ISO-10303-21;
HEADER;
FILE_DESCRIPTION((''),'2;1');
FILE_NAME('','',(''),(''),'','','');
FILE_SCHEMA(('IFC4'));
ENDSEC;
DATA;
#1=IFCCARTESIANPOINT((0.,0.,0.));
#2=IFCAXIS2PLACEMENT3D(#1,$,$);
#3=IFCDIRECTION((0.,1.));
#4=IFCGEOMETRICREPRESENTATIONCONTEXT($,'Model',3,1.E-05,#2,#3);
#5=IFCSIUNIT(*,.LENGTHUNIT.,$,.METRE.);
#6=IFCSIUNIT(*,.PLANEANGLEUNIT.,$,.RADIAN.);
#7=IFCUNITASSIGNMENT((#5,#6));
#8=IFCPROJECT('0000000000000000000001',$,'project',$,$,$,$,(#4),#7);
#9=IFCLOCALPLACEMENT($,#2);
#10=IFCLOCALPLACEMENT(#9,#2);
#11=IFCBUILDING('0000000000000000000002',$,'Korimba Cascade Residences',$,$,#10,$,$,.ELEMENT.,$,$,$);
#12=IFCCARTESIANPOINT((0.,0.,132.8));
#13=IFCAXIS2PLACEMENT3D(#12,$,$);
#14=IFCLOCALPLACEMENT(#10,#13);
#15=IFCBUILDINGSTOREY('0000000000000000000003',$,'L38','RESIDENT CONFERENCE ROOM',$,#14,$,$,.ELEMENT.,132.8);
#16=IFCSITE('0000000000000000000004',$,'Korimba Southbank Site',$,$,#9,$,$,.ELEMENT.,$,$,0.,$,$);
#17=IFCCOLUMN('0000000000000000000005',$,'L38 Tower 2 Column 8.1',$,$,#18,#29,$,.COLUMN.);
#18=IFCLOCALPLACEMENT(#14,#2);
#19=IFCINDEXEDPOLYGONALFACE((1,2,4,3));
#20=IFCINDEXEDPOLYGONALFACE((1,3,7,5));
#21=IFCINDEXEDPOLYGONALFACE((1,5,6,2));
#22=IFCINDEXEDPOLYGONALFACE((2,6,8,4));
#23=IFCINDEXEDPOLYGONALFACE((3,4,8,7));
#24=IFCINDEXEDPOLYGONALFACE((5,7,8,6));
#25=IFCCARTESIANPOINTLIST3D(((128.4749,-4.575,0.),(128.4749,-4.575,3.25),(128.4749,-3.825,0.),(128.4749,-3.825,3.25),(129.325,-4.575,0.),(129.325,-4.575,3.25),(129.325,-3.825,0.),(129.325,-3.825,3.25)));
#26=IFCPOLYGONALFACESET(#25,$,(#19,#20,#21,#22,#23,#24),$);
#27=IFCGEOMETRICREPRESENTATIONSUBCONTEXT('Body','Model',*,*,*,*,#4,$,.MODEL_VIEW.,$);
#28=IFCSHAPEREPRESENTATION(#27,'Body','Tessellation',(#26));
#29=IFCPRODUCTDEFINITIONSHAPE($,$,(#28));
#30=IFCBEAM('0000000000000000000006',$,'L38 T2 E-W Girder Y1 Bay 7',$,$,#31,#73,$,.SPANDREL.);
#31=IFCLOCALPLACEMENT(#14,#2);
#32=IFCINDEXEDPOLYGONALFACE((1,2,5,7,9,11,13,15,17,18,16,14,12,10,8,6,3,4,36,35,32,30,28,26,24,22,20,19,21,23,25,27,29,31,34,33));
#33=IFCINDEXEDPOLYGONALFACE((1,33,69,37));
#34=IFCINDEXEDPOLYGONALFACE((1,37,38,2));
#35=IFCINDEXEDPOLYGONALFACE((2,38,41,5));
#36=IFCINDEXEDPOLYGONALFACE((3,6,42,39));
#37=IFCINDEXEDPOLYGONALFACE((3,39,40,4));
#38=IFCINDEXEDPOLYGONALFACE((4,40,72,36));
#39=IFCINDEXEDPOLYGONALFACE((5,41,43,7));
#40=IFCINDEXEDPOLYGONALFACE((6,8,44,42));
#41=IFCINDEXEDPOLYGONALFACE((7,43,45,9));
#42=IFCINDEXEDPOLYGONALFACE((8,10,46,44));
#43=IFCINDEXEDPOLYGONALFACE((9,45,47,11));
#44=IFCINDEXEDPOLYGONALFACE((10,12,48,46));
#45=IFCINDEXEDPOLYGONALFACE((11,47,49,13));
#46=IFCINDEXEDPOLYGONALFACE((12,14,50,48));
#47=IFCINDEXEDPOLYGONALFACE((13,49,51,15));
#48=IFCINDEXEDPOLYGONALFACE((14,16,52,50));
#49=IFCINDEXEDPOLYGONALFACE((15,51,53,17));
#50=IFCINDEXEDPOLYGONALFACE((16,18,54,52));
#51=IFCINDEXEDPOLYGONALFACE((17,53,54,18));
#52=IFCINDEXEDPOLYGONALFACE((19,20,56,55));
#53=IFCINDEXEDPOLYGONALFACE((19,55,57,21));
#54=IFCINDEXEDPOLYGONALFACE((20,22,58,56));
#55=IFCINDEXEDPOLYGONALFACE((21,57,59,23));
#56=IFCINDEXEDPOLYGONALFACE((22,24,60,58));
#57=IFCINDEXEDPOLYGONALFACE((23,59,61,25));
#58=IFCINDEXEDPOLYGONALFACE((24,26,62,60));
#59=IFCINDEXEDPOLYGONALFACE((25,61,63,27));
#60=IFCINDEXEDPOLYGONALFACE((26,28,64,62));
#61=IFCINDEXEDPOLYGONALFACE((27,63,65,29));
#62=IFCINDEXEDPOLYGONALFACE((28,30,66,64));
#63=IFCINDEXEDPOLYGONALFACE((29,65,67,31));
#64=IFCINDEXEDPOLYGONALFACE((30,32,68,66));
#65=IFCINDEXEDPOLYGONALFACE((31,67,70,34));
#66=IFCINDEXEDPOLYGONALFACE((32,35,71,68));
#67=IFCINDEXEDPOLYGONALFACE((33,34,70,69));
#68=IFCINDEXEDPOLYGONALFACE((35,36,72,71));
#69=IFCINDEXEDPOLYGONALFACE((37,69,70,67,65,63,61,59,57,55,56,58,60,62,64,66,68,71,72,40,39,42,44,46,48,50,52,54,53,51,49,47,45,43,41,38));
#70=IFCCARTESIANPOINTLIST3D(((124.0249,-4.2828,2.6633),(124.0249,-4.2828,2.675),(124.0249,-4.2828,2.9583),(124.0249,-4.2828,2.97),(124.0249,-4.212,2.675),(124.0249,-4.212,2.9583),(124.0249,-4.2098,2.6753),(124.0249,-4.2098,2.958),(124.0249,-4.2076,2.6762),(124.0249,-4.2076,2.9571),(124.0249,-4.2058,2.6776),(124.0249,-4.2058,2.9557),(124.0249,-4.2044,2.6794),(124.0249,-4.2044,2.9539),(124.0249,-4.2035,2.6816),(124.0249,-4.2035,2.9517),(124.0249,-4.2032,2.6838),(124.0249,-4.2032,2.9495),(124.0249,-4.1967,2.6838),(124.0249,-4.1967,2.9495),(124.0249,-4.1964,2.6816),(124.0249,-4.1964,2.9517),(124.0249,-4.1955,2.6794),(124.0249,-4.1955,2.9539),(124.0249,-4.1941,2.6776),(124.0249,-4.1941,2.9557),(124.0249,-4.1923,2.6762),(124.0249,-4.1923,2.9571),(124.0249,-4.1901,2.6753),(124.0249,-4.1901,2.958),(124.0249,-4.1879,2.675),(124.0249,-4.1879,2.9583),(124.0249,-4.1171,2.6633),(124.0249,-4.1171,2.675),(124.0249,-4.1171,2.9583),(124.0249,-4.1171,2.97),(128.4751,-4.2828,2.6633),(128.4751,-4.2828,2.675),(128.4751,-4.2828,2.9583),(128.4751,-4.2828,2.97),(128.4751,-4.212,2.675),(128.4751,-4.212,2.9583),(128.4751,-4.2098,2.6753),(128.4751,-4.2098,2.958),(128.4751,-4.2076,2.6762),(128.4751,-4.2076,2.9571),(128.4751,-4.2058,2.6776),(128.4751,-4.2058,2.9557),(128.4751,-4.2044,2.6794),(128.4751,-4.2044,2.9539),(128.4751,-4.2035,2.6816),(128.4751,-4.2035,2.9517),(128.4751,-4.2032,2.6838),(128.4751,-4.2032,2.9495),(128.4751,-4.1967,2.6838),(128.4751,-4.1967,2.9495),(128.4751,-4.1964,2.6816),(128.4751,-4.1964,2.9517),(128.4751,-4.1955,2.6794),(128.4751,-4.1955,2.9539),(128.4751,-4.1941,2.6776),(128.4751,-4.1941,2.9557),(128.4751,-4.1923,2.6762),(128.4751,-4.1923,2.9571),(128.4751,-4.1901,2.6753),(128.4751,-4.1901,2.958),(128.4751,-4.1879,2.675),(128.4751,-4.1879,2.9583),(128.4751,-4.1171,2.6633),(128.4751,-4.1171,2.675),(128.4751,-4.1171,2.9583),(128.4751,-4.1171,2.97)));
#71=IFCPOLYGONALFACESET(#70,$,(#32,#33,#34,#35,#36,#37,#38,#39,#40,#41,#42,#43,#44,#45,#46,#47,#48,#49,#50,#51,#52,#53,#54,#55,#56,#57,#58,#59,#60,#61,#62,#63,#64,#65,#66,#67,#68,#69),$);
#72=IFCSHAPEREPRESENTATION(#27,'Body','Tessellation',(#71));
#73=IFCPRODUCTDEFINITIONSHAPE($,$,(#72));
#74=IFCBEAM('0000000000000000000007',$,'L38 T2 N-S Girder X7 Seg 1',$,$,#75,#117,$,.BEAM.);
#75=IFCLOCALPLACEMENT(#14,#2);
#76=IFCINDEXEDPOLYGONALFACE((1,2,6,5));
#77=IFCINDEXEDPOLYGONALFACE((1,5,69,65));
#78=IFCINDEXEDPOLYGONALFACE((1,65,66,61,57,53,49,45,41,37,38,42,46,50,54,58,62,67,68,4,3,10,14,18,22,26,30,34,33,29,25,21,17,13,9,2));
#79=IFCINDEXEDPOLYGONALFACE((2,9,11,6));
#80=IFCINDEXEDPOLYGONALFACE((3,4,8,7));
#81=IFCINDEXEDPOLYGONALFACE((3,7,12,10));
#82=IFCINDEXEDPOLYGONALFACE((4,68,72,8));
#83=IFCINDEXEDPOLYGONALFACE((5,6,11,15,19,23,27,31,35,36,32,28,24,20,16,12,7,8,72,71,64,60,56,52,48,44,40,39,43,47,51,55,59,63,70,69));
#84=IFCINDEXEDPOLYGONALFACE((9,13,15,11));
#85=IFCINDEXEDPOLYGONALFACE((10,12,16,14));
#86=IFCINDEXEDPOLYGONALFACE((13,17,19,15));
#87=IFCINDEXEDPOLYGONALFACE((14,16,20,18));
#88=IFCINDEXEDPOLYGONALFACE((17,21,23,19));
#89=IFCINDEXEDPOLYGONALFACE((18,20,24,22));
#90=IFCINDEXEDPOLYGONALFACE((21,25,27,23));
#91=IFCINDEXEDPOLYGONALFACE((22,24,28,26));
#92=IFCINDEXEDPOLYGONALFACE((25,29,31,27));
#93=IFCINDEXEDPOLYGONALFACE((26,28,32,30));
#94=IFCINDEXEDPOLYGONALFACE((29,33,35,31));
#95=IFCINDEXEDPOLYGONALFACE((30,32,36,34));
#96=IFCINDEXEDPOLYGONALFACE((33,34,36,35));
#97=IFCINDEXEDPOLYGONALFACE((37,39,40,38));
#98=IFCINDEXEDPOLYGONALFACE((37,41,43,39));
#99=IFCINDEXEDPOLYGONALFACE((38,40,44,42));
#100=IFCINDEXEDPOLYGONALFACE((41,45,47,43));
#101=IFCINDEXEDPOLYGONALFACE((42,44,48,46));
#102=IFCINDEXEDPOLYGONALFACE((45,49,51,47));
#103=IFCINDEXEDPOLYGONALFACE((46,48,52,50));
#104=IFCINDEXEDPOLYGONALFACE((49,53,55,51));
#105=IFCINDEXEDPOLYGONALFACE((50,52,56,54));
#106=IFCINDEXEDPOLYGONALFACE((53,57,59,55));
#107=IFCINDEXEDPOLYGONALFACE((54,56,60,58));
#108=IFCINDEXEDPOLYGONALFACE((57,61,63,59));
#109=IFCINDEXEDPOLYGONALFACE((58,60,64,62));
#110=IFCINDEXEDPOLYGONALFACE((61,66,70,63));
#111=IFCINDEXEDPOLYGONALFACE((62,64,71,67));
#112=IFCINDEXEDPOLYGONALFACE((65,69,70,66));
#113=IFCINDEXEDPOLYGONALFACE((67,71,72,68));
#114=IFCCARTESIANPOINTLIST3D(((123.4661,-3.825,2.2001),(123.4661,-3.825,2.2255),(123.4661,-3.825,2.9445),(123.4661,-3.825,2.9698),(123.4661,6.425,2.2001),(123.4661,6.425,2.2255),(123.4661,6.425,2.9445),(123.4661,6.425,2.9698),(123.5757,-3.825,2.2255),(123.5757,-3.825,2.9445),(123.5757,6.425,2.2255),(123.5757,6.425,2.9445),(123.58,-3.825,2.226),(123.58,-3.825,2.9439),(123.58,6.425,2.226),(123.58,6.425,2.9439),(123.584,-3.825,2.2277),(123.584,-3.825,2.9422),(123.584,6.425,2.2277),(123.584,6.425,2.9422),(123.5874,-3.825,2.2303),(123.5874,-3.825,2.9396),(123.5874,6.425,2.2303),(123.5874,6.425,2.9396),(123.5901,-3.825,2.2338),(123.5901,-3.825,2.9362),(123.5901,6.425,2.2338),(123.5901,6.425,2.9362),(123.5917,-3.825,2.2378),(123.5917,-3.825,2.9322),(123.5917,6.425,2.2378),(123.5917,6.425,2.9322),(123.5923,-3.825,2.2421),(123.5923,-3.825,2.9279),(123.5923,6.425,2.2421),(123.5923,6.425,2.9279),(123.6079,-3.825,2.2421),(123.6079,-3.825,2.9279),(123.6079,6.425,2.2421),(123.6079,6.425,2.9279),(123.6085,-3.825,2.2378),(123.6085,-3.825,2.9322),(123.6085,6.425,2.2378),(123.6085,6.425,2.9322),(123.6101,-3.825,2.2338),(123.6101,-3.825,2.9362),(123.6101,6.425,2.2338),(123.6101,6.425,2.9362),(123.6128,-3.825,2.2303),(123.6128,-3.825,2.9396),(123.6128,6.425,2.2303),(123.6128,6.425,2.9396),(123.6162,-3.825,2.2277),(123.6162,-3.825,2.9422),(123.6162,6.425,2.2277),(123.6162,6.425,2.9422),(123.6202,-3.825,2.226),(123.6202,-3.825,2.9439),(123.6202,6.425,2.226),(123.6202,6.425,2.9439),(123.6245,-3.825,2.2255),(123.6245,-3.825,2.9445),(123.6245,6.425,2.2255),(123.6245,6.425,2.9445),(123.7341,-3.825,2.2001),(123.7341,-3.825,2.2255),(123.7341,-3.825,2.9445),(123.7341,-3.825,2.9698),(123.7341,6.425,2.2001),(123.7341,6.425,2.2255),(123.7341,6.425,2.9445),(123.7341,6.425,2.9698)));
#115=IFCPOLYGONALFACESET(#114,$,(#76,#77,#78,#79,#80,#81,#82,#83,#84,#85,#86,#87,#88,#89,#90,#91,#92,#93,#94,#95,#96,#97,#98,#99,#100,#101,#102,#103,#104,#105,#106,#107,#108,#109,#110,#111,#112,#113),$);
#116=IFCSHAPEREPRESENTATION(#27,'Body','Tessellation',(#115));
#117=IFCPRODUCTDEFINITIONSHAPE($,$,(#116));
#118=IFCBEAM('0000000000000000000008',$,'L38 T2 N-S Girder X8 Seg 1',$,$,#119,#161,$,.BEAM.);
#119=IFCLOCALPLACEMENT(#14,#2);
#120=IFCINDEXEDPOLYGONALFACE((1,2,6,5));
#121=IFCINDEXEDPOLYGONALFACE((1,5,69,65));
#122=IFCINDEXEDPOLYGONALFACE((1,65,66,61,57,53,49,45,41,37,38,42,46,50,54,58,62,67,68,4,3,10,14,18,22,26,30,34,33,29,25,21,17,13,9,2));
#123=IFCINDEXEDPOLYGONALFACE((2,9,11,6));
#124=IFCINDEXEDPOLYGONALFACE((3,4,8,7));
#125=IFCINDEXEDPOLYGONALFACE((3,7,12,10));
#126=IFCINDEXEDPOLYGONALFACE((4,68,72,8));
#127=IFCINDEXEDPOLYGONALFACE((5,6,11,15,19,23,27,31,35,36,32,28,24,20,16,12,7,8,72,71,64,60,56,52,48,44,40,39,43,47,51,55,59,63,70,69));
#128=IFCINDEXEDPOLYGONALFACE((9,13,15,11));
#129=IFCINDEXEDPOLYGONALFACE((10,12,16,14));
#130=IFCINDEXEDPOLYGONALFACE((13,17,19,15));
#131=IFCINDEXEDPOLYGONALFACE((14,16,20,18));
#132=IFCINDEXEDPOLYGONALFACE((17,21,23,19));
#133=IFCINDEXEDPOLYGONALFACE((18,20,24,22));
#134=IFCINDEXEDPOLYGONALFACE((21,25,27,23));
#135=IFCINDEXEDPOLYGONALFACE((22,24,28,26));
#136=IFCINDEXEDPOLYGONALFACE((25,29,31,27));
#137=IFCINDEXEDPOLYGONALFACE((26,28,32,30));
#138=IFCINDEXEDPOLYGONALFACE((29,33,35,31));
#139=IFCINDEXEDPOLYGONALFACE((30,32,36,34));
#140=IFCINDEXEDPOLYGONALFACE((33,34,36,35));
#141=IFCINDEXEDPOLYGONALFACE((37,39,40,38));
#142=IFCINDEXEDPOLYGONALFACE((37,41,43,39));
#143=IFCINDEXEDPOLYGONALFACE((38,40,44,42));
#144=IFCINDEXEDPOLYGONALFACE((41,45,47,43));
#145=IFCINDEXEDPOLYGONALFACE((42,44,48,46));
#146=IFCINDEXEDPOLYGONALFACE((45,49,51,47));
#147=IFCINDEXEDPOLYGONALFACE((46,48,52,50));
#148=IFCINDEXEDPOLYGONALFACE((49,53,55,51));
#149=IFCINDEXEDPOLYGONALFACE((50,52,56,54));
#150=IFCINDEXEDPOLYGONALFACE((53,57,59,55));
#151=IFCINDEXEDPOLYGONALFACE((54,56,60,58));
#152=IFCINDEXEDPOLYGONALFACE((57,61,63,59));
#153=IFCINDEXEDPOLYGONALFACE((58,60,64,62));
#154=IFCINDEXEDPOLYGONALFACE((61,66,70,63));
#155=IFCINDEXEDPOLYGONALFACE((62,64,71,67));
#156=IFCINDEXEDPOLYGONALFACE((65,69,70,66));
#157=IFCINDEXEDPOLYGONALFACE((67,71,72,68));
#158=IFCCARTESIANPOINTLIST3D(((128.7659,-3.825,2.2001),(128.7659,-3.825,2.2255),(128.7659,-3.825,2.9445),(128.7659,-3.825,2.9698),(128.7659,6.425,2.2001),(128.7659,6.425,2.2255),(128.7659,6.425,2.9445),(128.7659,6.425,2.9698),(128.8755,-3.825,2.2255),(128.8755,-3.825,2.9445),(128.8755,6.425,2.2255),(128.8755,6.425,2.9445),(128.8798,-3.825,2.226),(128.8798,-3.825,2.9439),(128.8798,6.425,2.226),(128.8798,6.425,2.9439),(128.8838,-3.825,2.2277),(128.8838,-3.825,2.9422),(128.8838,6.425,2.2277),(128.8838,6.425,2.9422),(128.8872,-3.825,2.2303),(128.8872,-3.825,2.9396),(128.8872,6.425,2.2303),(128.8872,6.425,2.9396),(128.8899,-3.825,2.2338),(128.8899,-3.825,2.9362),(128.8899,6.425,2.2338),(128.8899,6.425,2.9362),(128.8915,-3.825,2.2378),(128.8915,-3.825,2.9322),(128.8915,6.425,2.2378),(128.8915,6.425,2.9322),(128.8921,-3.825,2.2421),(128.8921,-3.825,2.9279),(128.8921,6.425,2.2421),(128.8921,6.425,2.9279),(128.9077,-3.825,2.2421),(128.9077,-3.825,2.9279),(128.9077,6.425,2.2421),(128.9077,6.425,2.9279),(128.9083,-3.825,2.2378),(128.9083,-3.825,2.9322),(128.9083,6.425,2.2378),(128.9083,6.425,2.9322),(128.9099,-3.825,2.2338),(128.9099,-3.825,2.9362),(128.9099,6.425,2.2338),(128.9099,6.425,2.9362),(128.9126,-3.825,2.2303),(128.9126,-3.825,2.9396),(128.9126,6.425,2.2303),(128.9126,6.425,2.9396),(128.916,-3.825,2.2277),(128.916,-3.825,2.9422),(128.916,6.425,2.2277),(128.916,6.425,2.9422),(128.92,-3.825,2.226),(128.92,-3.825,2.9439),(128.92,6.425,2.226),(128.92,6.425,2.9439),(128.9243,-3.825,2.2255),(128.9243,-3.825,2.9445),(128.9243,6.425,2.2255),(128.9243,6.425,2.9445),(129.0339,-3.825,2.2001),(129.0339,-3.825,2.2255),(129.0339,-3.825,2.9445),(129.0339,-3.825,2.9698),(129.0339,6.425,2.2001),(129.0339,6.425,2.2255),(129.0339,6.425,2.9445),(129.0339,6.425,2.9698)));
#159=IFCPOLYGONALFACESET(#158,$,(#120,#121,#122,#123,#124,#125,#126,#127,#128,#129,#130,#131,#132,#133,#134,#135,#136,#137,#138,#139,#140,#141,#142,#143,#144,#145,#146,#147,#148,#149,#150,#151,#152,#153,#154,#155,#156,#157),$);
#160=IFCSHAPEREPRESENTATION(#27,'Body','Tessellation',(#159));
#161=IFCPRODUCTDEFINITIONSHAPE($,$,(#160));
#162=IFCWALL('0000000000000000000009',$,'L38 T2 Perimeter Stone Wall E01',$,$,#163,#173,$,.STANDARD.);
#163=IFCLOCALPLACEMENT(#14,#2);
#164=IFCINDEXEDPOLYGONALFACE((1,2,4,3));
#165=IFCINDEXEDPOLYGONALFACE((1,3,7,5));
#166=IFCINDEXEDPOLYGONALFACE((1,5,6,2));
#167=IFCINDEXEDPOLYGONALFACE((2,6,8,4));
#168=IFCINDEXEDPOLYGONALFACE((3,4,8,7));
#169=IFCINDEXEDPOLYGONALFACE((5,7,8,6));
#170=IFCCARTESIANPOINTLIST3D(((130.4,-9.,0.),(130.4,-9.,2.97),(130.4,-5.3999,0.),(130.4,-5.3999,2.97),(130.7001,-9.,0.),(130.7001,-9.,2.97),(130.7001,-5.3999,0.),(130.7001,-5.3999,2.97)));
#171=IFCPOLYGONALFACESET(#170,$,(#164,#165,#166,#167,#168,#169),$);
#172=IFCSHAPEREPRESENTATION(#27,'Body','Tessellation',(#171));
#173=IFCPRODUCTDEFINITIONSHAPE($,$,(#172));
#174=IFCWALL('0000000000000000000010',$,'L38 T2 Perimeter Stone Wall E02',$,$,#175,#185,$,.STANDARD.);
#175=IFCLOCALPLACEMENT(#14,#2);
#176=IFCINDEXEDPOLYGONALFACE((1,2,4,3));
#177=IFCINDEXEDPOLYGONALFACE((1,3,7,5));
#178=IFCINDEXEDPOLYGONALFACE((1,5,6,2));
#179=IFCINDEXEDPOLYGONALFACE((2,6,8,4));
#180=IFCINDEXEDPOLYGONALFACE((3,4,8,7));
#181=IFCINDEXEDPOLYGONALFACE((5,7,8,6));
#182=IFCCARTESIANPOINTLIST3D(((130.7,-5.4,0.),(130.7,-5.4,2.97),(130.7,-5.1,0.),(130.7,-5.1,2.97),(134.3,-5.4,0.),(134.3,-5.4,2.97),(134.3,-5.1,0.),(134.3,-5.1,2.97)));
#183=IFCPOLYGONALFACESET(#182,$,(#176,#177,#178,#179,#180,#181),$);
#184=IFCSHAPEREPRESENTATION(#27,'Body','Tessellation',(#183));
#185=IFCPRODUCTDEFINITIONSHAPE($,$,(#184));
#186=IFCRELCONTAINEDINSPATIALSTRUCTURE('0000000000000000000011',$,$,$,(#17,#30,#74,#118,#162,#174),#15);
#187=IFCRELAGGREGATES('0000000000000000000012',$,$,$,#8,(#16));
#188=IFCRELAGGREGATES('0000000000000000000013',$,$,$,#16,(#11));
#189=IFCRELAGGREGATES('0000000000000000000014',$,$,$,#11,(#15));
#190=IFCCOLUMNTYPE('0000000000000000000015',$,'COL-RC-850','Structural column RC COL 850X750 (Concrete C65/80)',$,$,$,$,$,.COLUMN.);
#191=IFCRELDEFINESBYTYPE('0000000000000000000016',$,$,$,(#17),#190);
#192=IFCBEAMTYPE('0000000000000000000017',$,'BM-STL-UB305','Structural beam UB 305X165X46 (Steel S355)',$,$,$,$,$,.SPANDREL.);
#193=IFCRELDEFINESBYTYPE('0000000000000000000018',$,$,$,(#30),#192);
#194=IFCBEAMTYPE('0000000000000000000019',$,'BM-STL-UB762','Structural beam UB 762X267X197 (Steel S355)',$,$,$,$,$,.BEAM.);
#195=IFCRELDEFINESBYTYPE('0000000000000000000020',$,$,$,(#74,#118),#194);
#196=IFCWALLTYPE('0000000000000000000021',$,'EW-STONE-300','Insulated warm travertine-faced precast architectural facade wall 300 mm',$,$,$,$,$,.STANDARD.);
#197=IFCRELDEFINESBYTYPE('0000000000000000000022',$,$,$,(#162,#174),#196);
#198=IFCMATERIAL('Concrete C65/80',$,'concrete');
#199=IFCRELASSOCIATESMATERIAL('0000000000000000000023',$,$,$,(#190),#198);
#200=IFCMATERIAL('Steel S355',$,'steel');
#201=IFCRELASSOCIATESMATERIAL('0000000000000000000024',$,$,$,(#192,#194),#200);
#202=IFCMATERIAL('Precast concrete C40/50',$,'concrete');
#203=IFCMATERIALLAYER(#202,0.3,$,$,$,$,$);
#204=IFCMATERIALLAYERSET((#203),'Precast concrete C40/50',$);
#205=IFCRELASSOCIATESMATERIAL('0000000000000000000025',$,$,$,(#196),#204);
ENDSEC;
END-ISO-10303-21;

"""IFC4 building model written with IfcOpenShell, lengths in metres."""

from ifc_helpers import new_model, si_unit, direction, frame, frame_2d, origin, origin_2d, place, context, subcontext, project, spatial, rectangle, i_section, extrude, material, layer, layer_set, material_profile, profile_set, type_object, element, save


model = new_model("IFC4")

# Units and contexts
model_context = context("Model", 3, precision=1e-05, world=origin(), true_north=direction((0.0, 1.0)))
body_context = subcontext(model_context, "Body", "Model", "MODEL_VIEW")
ifc_project = project(units=[si_unit("LENGTHUNIT", "METRE"), si_unit("PLANEANGLEUNIT", "RADIAN")], contexts=[model_context])

# Site, building, storey
site_placement = place(None, origin())
site = spatial("IfcSite", under=ifc_project, at=site_placement, Name="Korimba Southbank Site", CompositionType="ELEMENT", RefElevation=0.0)
building_placement = place(site_placement, origin())
building = spatial("IfcBuilding", under=site, at=building_placement, Name="Korimba Cascade Residences", CompositionType="ELEMENT")
storey_placement = place(building_placement, frame((0.0, 0.0, 132.8)))
storey = spatial("IfcBuildingStorey", under=building, at=storey_placement, Name="L38", Description="RESIDENT CONFERENCE ROOM", CompositionType="ELEMENT", Elevation=132.8)

# Column
ifc_material_1 = material(Name="Concrete C65/80", Category="concrete")
ifc_material_profile_1 = material_profile(ifc_material_1, rectangle(XDim=0.8501, YDim=0.75, at=origin_2d()), Name="Concrete C65/80")
ifc_profile_set_1 = profile_set([ifc_material_profile_1], Name="Concrete C65/80")
column_type = type_object("IfcColumnType", Name="COL-RC-850", Description="Structural column RC COL 850X750 (Concrete C65/80)", PredefinedType="COLUMN", material=ifc_profile_set_1)
column_placement = place(storey_placement, frame((128.8999, -4.2, 0.0), z_axis=(0.0, 0.0, 1.0), x_axis=(1.0, 0.0, 0.0)))
element("IfcColumn", 1, at=column_placement, inside=storey, type_object=column_type, Name="L38 Tower 2 Column 8.1", PredefinedType="COLUMN", context=body_context, shape_type="SweptSolid", body=[
    extrude(rectangle(XDim=0.8501, YDim=0.75, at=origin_2d()), origin(), (0.0, 0.0, 1.0), 3.25),
])

# Beams
ifc_material_2 = material(Name="Steel S355", Category="steel")
ifc_material_profile_2 = material_profile(ifc_material_2, i_section(OverallWidth=0.1658, OverallDepth=0.3066, WebThickness=0.0066, FlangeThickness=0.0117, FilletRadius=0.0088, at=origin_2d()), Name="Steel S355")
ifc_profile_set_2 = profile_set([ifc_material_profile_2], Name="Steel S355")
beam_type_1 = type_object("IfcBeamType", Name="BM-STL-UB305", Description="Structural beam UB 305X165X46 (Steel S355)", PredefinedType="SPANDREL", material=ifc_profile_set_2)
beam_placement = place(storey_placement, frame((124.0249, -4.2, 2.8167), z_axis=(1.0, 0.0, 0.0), x_axis=(0.0, 1.0, 0.0)))
element("IfcBeam", 2, at=beam_placement, inside=storey, type_object=beam_type_1, Name="L38 T2 E-W Girder Y1 Bay 7", PredefinedType="SPANDREL", context=body_context, shape_type="SweptSolid", body=[
    extrude(i_section(OverallWidth=0.1658, OverallDepth=0.3066, WebThickness=0.0066, FlangeThickness=0.0117, FilletRadius=0.0088, at=origin_2d()), origin(), (0.0, 0.0, 1.0), 4.4502),
])
ifc_material_profile_3 = material_profile(ifc_material_2, i_section(OverallWidth=0.2681, OverallDepth=0.7698, WebThickness=0.0156, FlangeThickness=0.0254, FilletRadius=0.0166, at=origin_2d()), Name="Steel S355")
ifc_profile_set_3 = profile_set([ifc_material_profile_3], Name="Steel S355")
beam_type_2 = type_object("IfcBeamType", Name="BM-STL-UB762", Description="Structural beam UB 762X267X197 (Steel S355)", PredefinedType="BEAM", material=ifc_profile_set_3)
for number, where, z_axis, x_axis, name in (
    (3, (123.6001, -3.825, 2.585), (0.0, 1.0, 0.0), (-1.0, 0.0, 0.0), "L38 T2 N-S Girder X7 Seg 1"),
    (4, (128.8999, -3.825, 2.585), (0.0, 1.0, 0.0), (-1.0, 0.0, 0.0), "L38 T2 N-S Girder X8 Seg 1"),
):
    element("IfcBeam", number, at=place(storey_placement, frame(where, z_axis=z_axis, x_axis=x_axis)), inside=storey, type_object=beam_type_2, Name=name, PredefinedType="BEAM", context=body_context, shape_type="SweptSolid", body=[
        extrude(i_section(OverallWidth=0.2681, OverallDepth=0.7698, WebThickness=0.0156, FlangeThickness=0.0254, FilletRadius=0.0166, at=origin_2d()), origin(), (0.0, 0.0, 1.0), 10.25),
    ])

# Walls
ifc_material_3 = material(Name="Precast concrete C40/50", Category="concrete")
ifc_layer_1 = layer(ifc_material_3, 0.3)
ifc_layer_set_1 = layer_set([ifc_layer_1], Name="Precast concrete C40/50")
wall_type_1 = type_object("IfcWallType", Name="EW-STONE-300", Description="Insulated warm travertine-faced precast architectural facade wall 300 mm", PredefinedType="STANDARD", material=ifc_layer_set_1)
for number, where, z_axis, x_axis, name in (
    (5, (130.55, -9.0, 0.0), (0.0, 0.0, 1.0), (0.0, 1.0, 0.0), "L38 T2 Perimeter Stone Wall E01"),
    (6, (130.7, -5.25, 0.0), (0.0, 0.0, 1.0), (1.0, 0.0, 0.0), "L38 T2 Perimeter Stone Wall E02"),
):
    element("IfcWall", number, at=place(storey_placement, frame(where, z_axis=z_axis, x_axis=x_axis)), inside=storey, type_object=wall_type_1, Name=name, PredefinedType="STANDARD", context=body_context, shape_type="SweptSolid", body=[
        extrude(rectangle(XDim=3.6001, YDim=0.3, at=frame_2d((1.8, 0.0))), origin(), (0.0, 0.0, 1.0), 2.97),
    ])

save(model, "model.ifc")
